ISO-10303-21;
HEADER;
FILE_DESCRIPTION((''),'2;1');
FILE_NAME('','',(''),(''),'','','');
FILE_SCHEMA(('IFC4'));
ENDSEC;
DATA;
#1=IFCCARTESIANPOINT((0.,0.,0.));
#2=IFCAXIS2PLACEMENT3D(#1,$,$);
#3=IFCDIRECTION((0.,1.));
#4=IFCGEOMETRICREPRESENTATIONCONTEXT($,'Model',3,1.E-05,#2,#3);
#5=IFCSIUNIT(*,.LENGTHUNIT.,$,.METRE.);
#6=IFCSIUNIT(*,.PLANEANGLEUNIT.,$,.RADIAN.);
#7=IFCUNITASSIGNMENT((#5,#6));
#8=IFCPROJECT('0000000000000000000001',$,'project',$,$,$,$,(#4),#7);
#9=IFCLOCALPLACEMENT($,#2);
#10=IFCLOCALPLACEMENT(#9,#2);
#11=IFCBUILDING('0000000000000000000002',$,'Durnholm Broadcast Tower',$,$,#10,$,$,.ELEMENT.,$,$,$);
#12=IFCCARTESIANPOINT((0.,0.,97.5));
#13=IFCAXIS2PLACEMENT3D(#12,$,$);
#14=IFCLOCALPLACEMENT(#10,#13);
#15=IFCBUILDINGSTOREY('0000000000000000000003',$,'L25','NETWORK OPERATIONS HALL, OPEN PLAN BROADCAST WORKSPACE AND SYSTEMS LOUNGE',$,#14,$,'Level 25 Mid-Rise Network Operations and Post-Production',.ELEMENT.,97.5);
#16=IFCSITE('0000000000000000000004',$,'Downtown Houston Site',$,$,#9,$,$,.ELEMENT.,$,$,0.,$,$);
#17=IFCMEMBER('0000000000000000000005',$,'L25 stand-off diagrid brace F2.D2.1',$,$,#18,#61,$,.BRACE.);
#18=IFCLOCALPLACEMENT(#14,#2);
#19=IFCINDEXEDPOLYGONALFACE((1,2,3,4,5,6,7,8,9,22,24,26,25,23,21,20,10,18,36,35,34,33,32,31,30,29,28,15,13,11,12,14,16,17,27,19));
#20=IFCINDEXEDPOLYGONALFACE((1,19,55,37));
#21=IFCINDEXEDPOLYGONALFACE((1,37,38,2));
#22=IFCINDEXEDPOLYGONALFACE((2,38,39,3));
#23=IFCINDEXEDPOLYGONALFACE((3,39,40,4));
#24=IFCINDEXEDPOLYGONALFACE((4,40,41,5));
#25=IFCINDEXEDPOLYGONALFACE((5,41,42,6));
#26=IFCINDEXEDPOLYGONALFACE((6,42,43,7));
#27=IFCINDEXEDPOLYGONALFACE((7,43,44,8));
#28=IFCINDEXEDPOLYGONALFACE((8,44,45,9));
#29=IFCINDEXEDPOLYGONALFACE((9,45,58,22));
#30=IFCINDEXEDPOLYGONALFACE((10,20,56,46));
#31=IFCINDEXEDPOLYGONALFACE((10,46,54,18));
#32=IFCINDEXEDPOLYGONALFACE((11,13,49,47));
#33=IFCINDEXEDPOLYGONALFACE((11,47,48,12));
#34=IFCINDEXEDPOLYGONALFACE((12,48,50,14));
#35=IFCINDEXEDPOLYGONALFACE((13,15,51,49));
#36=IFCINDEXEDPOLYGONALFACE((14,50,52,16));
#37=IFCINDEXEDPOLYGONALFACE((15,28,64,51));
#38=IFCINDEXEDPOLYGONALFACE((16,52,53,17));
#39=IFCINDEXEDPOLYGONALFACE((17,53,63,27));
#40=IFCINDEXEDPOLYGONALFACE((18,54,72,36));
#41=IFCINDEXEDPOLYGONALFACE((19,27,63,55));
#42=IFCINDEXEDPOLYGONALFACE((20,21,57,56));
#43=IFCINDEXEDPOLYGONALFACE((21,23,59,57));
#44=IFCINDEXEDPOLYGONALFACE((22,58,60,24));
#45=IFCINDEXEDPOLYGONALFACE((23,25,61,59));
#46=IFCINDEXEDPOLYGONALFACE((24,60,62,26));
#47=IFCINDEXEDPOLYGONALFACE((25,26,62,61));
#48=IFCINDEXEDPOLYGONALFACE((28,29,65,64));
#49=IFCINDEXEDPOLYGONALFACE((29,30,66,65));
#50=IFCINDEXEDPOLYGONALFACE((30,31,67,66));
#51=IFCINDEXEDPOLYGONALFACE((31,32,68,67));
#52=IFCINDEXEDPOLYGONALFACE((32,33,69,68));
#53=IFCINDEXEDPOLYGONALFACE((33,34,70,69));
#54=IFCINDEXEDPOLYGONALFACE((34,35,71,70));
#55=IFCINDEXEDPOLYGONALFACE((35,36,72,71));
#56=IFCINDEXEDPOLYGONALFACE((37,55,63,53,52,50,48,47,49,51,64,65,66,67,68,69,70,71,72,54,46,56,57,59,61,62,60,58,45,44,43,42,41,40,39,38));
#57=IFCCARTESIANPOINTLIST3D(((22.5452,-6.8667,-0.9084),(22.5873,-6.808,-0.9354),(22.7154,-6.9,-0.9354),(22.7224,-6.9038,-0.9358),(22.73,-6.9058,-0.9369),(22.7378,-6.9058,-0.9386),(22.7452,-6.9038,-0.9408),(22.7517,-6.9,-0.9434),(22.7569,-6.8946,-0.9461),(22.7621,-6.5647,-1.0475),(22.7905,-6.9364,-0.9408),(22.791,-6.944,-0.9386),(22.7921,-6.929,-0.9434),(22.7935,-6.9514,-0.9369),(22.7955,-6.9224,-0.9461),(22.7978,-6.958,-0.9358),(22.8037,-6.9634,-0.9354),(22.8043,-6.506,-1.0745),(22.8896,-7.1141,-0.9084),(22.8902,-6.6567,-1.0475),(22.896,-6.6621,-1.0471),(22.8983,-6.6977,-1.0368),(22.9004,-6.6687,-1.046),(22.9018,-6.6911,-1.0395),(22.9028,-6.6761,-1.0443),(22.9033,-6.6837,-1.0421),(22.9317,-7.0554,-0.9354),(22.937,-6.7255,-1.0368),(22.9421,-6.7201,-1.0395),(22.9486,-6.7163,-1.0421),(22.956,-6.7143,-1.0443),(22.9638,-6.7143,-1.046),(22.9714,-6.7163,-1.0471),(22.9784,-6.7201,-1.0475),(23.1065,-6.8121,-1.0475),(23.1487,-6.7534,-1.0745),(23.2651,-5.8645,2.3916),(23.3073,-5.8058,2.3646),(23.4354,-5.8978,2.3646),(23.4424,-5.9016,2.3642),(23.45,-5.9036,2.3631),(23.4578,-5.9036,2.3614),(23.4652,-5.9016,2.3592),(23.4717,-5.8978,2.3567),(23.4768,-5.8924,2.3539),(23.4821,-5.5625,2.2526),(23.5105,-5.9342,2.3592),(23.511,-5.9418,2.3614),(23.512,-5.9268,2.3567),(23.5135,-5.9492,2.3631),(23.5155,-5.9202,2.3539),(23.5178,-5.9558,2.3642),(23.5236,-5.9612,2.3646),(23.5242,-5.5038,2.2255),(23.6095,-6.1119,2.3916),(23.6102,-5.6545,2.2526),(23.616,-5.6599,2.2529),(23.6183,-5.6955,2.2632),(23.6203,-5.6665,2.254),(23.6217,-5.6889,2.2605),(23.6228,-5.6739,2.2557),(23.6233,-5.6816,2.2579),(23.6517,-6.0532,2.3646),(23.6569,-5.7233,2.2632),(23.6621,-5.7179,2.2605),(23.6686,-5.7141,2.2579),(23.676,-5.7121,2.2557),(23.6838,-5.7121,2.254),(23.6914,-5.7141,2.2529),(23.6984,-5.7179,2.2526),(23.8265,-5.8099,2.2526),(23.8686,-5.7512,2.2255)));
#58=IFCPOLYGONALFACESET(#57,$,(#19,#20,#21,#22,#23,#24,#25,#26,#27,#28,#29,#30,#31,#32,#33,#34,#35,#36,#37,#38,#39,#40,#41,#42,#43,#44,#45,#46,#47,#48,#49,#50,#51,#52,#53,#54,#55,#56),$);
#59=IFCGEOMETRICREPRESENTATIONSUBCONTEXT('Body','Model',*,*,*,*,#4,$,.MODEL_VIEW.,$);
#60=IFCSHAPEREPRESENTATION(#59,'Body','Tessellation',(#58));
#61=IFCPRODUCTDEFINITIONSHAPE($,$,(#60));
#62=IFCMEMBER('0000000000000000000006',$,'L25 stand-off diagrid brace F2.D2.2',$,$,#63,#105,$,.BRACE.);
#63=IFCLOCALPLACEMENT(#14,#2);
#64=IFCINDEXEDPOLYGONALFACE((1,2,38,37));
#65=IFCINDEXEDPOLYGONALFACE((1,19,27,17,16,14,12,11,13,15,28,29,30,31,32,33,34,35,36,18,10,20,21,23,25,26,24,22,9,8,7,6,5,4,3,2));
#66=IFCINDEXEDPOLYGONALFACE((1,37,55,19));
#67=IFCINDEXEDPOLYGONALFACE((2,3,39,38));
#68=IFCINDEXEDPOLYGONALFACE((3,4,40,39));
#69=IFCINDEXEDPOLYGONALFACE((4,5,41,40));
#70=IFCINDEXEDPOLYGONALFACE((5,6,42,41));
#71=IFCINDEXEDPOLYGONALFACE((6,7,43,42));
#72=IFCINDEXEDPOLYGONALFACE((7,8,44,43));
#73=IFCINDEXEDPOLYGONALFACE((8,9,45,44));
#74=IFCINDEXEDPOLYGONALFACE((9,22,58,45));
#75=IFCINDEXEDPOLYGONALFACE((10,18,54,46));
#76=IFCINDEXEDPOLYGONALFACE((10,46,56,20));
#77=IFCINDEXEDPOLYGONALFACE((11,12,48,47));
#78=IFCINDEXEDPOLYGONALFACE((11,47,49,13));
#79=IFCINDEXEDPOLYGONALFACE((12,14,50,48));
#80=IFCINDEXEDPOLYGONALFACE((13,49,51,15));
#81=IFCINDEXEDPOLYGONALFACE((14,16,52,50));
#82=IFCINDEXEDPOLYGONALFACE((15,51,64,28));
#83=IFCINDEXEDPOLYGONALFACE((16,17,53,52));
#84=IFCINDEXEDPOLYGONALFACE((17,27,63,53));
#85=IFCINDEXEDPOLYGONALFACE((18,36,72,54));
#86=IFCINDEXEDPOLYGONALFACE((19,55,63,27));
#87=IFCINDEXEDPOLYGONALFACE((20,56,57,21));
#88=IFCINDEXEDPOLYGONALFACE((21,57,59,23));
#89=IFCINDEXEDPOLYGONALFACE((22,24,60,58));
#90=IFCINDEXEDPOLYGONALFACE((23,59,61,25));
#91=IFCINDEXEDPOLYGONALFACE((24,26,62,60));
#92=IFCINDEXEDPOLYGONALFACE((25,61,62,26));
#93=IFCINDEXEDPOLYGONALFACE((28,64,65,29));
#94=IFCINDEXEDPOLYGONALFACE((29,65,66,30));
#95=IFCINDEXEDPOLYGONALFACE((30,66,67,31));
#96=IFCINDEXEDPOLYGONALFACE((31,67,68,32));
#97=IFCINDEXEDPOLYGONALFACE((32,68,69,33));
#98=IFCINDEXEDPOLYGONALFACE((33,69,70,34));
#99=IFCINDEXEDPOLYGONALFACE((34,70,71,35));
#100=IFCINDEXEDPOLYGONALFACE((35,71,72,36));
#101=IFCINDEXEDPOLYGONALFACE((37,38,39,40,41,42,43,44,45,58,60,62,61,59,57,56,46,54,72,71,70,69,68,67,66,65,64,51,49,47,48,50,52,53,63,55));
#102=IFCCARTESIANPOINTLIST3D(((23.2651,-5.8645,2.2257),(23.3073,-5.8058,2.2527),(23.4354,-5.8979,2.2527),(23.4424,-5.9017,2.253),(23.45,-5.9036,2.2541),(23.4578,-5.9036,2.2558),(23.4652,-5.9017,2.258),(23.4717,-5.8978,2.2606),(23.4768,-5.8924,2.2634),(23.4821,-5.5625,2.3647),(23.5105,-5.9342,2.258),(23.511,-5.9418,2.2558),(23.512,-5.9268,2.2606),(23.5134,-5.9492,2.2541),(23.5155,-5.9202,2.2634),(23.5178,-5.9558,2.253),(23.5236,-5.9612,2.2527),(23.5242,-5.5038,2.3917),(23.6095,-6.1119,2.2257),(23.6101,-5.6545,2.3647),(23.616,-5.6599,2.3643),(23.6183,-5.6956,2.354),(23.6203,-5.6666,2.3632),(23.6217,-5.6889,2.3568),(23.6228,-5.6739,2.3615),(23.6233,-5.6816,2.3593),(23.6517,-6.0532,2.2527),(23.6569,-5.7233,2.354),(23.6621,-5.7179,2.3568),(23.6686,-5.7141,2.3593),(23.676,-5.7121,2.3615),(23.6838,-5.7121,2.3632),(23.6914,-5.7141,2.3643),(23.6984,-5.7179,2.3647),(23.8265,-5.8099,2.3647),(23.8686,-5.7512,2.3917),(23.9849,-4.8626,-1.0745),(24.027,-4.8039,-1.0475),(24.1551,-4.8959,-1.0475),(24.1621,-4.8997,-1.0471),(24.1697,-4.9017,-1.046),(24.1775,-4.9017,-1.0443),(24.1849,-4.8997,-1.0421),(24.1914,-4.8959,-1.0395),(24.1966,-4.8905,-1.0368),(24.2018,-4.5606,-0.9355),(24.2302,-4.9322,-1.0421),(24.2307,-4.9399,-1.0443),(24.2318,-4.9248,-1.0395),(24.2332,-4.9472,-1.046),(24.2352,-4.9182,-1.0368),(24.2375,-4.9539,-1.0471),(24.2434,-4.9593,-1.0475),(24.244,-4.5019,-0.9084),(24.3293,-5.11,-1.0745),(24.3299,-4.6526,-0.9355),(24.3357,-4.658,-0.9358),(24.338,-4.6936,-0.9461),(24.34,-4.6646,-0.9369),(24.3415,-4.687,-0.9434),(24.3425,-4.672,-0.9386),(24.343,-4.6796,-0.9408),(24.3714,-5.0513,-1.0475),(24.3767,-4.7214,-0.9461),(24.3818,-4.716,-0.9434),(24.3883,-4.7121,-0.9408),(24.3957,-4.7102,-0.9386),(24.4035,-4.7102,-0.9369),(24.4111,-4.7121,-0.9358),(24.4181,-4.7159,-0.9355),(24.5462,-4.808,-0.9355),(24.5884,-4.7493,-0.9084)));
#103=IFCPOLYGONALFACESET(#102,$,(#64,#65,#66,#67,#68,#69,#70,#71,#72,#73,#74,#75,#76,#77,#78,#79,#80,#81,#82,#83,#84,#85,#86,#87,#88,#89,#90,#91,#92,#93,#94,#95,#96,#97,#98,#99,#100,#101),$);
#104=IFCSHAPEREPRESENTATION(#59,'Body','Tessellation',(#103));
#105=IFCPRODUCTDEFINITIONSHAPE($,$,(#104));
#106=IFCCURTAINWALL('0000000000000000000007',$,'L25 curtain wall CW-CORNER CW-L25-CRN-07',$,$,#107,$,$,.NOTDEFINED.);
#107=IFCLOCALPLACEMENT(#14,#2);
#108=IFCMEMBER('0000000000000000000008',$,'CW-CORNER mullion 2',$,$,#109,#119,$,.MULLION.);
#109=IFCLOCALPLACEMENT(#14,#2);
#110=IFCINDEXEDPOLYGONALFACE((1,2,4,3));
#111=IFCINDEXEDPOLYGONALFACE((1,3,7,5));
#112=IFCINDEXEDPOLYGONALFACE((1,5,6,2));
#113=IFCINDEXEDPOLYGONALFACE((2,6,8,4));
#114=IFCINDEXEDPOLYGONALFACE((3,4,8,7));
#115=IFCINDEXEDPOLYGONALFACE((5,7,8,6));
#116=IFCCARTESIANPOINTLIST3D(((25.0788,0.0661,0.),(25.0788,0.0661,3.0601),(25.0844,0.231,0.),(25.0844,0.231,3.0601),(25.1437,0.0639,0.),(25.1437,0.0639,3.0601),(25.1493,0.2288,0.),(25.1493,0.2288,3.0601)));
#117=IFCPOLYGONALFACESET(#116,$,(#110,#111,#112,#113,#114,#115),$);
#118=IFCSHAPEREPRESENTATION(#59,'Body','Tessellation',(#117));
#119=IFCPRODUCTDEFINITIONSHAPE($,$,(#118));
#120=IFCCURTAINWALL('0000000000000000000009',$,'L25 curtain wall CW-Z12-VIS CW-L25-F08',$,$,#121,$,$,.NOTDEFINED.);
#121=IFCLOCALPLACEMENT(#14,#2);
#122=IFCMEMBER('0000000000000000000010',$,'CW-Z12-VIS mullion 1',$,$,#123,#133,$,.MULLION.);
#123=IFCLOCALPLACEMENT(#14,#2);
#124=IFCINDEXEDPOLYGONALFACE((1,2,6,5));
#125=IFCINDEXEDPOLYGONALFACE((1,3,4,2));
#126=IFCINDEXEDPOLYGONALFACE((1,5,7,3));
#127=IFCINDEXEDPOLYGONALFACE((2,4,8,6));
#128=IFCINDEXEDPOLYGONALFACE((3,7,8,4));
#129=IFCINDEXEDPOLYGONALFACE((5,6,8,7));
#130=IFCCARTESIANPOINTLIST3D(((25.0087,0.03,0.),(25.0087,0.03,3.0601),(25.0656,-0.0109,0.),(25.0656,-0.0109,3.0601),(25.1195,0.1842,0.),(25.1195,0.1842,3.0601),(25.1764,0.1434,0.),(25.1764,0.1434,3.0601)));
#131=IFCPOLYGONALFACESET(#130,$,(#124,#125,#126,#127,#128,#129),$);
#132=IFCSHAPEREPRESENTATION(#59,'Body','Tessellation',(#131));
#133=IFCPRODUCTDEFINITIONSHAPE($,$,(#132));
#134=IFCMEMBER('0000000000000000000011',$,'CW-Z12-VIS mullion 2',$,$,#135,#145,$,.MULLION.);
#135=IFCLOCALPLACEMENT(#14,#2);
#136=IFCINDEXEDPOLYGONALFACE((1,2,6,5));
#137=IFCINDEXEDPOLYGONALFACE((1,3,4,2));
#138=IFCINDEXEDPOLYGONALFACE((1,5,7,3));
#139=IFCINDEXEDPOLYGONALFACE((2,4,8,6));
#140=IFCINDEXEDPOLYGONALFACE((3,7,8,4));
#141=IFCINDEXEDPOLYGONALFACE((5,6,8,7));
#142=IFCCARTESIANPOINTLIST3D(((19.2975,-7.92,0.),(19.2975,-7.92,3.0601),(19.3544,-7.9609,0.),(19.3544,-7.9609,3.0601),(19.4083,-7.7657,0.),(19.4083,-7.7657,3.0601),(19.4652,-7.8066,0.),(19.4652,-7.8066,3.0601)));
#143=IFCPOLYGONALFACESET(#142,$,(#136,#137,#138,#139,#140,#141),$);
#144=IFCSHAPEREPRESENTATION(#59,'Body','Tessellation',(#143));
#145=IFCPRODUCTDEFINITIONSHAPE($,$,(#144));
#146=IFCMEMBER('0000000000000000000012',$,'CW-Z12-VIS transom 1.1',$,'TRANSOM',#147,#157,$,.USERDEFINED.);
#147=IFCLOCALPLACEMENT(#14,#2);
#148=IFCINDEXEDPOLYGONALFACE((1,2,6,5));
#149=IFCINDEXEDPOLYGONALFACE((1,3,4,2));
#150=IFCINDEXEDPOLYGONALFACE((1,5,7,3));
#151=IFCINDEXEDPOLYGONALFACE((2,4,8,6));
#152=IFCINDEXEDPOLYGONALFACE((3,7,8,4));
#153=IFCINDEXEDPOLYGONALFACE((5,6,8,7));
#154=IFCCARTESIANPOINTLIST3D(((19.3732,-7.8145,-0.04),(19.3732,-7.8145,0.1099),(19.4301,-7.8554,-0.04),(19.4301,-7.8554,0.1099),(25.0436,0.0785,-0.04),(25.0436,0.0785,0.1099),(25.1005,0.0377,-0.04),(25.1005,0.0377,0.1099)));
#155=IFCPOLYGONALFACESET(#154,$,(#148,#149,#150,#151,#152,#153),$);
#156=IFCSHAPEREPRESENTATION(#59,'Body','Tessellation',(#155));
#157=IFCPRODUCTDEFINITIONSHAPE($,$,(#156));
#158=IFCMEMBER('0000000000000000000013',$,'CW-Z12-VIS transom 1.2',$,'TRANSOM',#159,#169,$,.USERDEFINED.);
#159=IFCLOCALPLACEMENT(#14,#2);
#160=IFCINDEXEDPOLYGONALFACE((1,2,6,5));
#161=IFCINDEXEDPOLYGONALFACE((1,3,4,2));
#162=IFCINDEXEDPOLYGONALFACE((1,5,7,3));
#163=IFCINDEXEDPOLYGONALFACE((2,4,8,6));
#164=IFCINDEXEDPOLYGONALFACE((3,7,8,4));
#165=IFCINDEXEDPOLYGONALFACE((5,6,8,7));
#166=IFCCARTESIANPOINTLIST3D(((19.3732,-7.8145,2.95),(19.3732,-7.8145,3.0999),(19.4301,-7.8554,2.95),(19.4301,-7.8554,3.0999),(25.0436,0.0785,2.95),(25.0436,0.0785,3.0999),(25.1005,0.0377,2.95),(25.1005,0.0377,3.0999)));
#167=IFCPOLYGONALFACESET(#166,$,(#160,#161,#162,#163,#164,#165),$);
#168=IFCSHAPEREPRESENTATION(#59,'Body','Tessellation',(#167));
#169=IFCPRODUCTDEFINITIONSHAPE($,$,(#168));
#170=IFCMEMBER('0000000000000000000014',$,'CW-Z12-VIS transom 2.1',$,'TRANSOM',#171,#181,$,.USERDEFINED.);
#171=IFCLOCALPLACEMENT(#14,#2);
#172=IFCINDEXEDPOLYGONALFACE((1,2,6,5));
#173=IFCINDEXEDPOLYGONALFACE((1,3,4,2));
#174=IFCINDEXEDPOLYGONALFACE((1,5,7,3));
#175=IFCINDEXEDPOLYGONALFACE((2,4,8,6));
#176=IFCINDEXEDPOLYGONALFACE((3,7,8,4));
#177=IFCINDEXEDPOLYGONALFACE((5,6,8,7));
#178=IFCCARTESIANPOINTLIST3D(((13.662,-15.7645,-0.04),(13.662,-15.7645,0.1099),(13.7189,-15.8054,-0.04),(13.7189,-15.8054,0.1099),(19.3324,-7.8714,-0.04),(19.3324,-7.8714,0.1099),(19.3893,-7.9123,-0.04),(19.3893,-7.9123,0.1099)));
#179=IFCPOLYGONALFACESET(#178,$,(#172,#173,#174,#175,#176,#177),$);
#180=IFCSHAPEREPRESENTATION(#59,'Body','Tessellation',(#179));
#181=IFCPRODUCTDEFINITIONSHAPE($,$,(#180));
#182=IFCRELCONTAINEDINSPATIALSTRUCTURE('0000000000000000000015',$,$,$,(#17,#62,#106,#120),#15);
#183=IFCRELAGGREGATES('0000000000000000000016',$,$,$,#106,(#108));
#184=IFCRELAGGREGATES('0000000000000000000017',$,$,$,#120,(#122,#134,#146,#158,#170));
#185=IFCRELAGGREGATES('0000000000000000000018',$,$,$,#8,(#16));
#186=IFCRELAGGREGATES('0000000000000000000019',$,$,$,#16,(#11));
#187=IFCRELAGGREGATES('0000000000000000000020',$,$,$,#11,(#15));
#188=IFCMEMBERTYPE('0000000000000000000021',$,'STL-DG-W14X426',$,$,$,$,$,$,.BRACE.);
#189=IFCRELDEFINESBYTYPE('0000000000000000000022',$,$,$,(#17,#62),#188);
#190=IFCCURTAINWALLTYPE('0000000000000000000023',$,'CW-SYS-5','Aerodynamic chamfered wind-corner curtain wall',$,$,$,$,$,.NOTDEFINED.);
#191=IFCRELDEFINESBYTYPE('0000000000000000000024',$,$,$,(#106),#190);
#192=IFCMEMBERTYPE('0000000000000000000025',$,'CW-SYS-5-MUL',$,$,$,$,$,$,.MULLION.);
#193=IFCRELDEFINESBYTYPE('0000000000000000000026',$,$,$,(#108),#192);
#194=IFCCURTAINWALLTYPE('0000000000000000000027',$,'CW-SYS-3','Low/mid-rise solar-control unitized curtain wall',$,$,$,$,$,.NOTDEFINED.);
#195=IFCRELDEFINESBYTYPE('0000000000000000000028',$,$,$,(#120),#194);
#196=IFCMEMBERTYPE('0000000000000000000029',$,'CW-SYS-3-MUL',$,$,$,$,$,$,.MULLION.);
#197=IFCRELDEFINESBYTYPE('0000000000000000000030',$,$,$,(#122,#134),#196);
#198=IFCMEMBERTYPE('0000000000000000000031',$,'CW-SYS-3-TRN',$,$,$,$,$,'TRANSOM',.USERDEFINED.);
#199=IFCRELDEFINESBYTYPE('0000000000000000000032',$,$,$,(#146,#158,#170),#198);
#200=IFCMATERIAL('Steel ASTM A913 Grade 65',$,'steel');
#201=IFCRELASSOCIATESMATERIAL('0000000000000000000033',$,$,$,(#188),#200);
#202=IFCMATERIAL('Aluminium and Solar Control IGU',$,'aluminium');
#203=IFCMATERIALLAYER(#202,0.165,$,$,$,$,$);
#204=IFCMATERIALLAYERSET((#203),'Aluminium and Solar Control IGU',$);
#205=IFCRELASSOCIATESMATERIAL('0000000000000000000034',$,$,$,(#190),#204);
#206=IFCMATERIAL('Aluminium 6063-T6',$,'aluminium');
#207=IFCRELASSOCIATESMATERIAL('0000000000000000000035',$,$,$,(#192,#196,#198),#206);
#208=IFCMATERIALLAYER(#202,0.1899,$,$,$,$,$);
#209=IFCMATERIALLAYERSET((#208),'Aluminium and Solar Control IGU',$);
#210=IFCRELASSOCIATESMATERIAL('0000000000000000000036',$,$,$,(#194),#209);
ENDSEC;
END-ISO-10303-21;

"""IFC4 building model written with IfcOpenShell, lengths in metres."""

from ifc_helpers import new_model, si_unit, direction, frame, origin, origin_2d, place, context, subcontext, project, spatial, rectangle, i_section, extrude, source, transform, mapped, material, layer, layer_set, material_profile, profile_set, type_object, type_shapes, element, aggregate, save


model = new_model("IFC4")

# Units and contexts
model_context = context("Model", 3, precision=1e-05, world=origin(), true_north=direction((0.0, 1.0)))
body_context = subcontext(model_context, "Body", "Model", "MODEL_VIEW")
ifc_project = project(units=[si_unit("LENGTHUNIT", "METRE"), si_unit("PLANEANGLEUNIT", "RADIAN")], contexts=[model_context])

# Site, building, storey
site_placement = place(None, origin())
site = spatial("IfcSite", under=ifc_project, at=site_placement, Name="Downtown Houston Site", CompositionType="ELEMENT", RefElevation=0.0)
building_placement = place(site_placement, origin())
building = spatial("IfcBuilding", under=site, at=building_placement, Name="Durnholm Broadcast Tower", CompositionType="ELEMENT")
storey_placement = place(building_placement, frame((0.0, 0.0, 97.5)))
storey = spatial("IfcBuildingStorey", under=building, at=storey_placement, Name="L25", Description="NETWORK OPERATIONS HALL, OPEN PLAN BROADCAST WORKSPACE AND SYSTEMS LOUNGE", LongName="Level 25 Mid-Rise Network Operations and Post-Production", CompositionType="ELEMENT", Elevation=97.5)

# Members
ifc_material_1 = material(Name="Steel ASTM A913 Grade 65", Category="steel")
ifc_material_profile_1 = material_profile(ifc_material_1, i_section(OverallWidth=0.4241, OverallDepth=0.4741, WebThickness=0.0476, FlangeThickness=0.0771, FilletRadius=0.0305, at=origin_2d()), Name="W14X426")
ifc_profile_set_1 = profile_set([ifc_material_profile_1], Name="Steel ASTM A913 Grade 65")
member_type_1 = type_object("IfcMemberType", Name="STL-DG-W14X426", PredefinedType="BRACE", material=ifc_profile_set_1)
shared_shape_1 = source(origin(), body_context, "Body", "SweptSolid", [
    extrude(i_section(OverallWidth=0.4241, OverallDepth=0.4741, WebThickness=0.0476, FlangeThickness=0.0771, FilletRadius=0.0305, at=origin_2d()), origin(), (0.0, 0.0, 1.0), 3.5232),
])
type_shapes(member_type_1, [shared_shape_1])
for number, where, z_axis, x_axis, name in (
    (1, (22.8469, -6.8101, -0.9915), (0.20435, 0.284455, 0.936657), (-0.812153, 0.583444, 0.0), "L25 stand-off diagrid brace F2.D2.1"),
    (2, (24.2866, -4.8059, -0.9915), (-0.204288, -0.284395, 0.936689), (0.812179, -0.583408, 0.0), "L25 stand-off diagrid brace F2.D2.2"),
):
    element("IfcMember", number, at=place(storey_placement, frame(where, z_axis=z_axis, x_axis=x_axis)), inside=storey, type_object=member_type_1, Name=name, PredefinedType="BRACE", context=body_context, shape_type="MappedRepresentation", body=[
        mapped(shared_shape_1, transform((0.0, 0.0, 0.0), x_axis=(1.0, 0.0, 0.0), y_axis=(0.0, 1.0, 0.0), z_axis=(0.0, 0.0, 1.0), scale=1.0)),
    ])

# Curtain wall, member
ifc_material_2 = material(Name="Aluminium and Solar Control IGU", Category="aluminium")
ifc_layer_1 = layer(ifc_material_2, 0.165)
ifc_layer_set_1 = layer_set([ifc_layer_1], Name="Aluminium and Solar Control IGU")
curtain_wall_type_1 = type_object("IfcCurtainWallType", Name="CW-SYS-5", Description="Aerodynamic chamfered wind-corner curtain wall", PredefinedType="NOTDEFINED", material=ifc_layer_set_1)
curtain_wall_1_placement = place(storey_placement, origin())
curtain_wall_1 = element("IfcCurtainWall", 3, at=curtain_wall_1_placement, inside=storey, type_object=curtain_wall_type_1, Name="L25 curtain wall CW-CORNER CW-L25-CRN-07", PredefinedType="NOTDEFINED")
ifc_material_3 = material(Name="Aluminium 6063-T6", Category="aluminium")
ifc_material_profile_2 = material_profile(ifc_material_3, rectangle(XDim=0.0649, YDim=0.165, at=origin_2d()), Name="CWM65X165")
ifc_profile_set_2 = profile_set([ifc_material_profile_2], Name="Aluminium 6063-T6")
member_type_2 = type_object("IfcMemberType", Name="CW-SYS-5-MUL", PredefinedType="MULLION", material=ifc_profile_set_2)
shared_shape_2 = source(origin(), body_context, "Body", "SweptSolid", [
    extrude(rectangle(XDim=0.0649, YDim=0.165, at=origin_2d()), origin(), (0.0, 0.0, 1.0), 3.0601),
])
type_shapes(member_type_2, [shared_shape_2])
member_1_placement = place(storey_placement, frame((25.114, 0.1475, 0.0), z_axis=(0.0, 0.0, 1.0), x_axis=(0.999425, -0.033917, 0.0)))
member_1 = element("IfcMember", 4, at=member_1_placement, type_object=member_type_2, Name="CW-CORNER mullion 2", PredefinedType="MULLION", context=body_context, shape_type="MappedRepresentation", body=[
    mapped(shared_shape_2, transform((0.0, 0.0, 0.0), x_axis=(1.0, 0.0, 0.0), y_axis=(0.0, 1.0, 0.0), z_axis=(0.0, 0.0, 1.0), scale=1.0)),
])
aggregate(curtain_wall_1, [member_1])

# Curtain wall, members
ifc_layer_2 = layer(ifc_material_2, 0.1899)
ifc_layer_set_2 = layer_set([ifc_layer_2], Name="Aluminium and Solar Control IGU")
curtain_wall_type_2 = type_object("IfcCurtainWallType", Name="CW-SYS-3", Description="Low/mid-rise solar-control unitized curtain wall", PredefinedType="NOTDEFINED", material=ifc_layer_set_2)
curtain_wall_2_placement = place(storey_placement, origin())
curtain_wall_2 = element("IfcCurtainWall", 5, at=curtain_wall_2_placement, inside=storey, type_object=curtain_wall_type_2, Name="L25 curtain wall CW-Z12-VIS CW-L25-F08", PredefinedType="NOTDEFINED")
ifc_material_profile_3 = material_profile(ifc_material_3, rectangle(XDim=0.0701, YDim=0.1899, at=origin_2d()), Name="CWM70X190")
ifc_profile_set_3 = profile_set([ifc_material_profile_3], Name="Aluminium 6063-T6")
member_type_3 = type_object("IfcMemberType", Name="CW-SYS-3-MUL", PredefinedType="MULLION", material=ifc_profile_set_3)
shared_shape_3 = source(origin(), body_context, "Body", "SweptSolid", [
    extrude(rectangle(XDim=0.0701, YDim=0.1899, at=origin_2d()), origin(), (0.0, 0.0, 1.0), 3.0601),
])
type_shapes(member_type_3, [shared_shape_3])
member_2_placement = place(storey_placement, frame((25.0925, 0.0867, 0.0), z_axis=(0.0, 0.0, 1.0), x_axis=(0.812152, -0.583445, 0.0)))
member_2 = element("IfcMember", 6, at=member_2_placement, type_object=member_type_3, Name="CW-Z12-VIS mullion 1", PredefinedType="MULLION", context=body_context, shape_type="MappedRepresentation", body=[
    mapped(shared_shape_3, transform((0.0, 0.0, 0.0), x_axis=(1.0, 0.0, 0.0), y_axis=(0.0, 1.0, 0.0), z_axis=(0.0, 0.0, 1.0), scale=1.0)),
])
member_3_placement = place(storey_placement, frame((19.3813, -7.8633, 0.0), z_axis=(0.0, 0.0, 1.0), x_axis=(0.812152, -0.583445, 0.0)))
member_3 = element("IfcMember", 7, at=member_3_placement, type_object=member_type_3, Name="CW-Z12-VIS mullion 2", PredefinedType="MULLION", context=body_context, shape_type="MappedRepresentation", body=[
    mapped(shared_shape_3, transform((0.0, 0.0, 0.0), x_axis=(1.0, 0.0, 0.0), y_axis=(0.0, 1.0, 0.0), z_axis=(0.0, 0.0, 1.0), scale=1.0)),
])
ifc_material_profile_4 = material_profile(ifc_material_3, rectangle(XDim=0.0701, YDim=0.1499, at=origin_2d()), Name="CWT70X150")
ifc_profile_set_4 = profile_set([ifc_material_profile_4], Name="Aluminium 6063-T6")
member_type_4 = type_object("IfcMemberType", Name="CW-SYS-3-TRN", ElementType="TRANSOM", PredefinedType="USERDEFINED", material=ifc_profile_set_4)
shared_shape_4 = source(origin(), body_context, "Body", "SweptSolid", [
    extrude(rectangle(XDim=0.0701, YDim=0.1499, at=origin_2d()), origin(), (0.0, 0.0, 1.0), 9.7188),
])
type_shapes(member_type_4, [shared_shape_4])
member_4_placement = place(storey_placement, frame((25.072, 0.0581, 0.0349), z_axis=(-0.583451, -0.812149, 0.0), x_axis=(0.812149, -0.583451, 0.0)))
member_4 = element("IfcMember", 8, at=member_4_placement, type_object=member_type_4, Name="CW-Z12-VIS transom 1.1", ObjectType="TRANSOM", PredefinedType="USERDEFINED", context=body_context, shape_type="MappedRepresentation", body=[
    mapped(shared_shape_4, transform((0.0, 0.0, 0.0), x_axis=(1.0, 0.0, 0.0), y_axis=(0.0, 1.0, 0.0), z_axis=(0.0, 0.0, 1.0), scale=1.0)),
])
member_5_placement = place(storey_placement, frame((25.072, 0.0581, 3.0249), z_axis=(-0.583451, -0.812149, 0.0), x_axis=(0.812149, -0.583451, 0.0)))
member_5 = element("IfcMember", 9, at=member_5_placement, type_object=member_type_4, Name="CW-Z12-VIS transom 1.2", ObjectType="TRANSOM", PredefinedType="USERDEFINED", context=body_context, shape_type="MappedRepresentation", body=[
    mapped(shared_shape_4, transform((0.0, 0.0, 0.0), x_axis=(1.0, 0.0, 0.0), y_axis=(0.0, 1.0, 0.0), z_axis=(0.0, 0.0, 1.0), scale=1.0)),
])
member_6_placement = place(storey_placement, frame((19.3608, -7.8918, 0.0349), z_axis=(-0.583451, -0.812149, 0.0), x_axis=(0.812149, -0.583451, 0.0)))
member_6 = element("IfcMember", 10, at=member_6_placement, type_object=member_type_4, Name="CW-Z12-VIS transom 2.1", ObjectType="TRANSOM", PredefinedType="USERDEFINED", context=body_context, shape_type="MappedRepresentation", body=[
    mapped(shared_shape_4, transform((0.0, 0.0, 0.0), x_axis=(1.0, 0.0, 0.0), y_axis=(0.0, 1.0, 0.0), z_axis=(0.0, 0.0, 1.0), scale=1.0)),
])

aggregate(curtain_wall_2, [member_2, member_3, member_4, member_5, member_6])

save(model, "model.ifc")
